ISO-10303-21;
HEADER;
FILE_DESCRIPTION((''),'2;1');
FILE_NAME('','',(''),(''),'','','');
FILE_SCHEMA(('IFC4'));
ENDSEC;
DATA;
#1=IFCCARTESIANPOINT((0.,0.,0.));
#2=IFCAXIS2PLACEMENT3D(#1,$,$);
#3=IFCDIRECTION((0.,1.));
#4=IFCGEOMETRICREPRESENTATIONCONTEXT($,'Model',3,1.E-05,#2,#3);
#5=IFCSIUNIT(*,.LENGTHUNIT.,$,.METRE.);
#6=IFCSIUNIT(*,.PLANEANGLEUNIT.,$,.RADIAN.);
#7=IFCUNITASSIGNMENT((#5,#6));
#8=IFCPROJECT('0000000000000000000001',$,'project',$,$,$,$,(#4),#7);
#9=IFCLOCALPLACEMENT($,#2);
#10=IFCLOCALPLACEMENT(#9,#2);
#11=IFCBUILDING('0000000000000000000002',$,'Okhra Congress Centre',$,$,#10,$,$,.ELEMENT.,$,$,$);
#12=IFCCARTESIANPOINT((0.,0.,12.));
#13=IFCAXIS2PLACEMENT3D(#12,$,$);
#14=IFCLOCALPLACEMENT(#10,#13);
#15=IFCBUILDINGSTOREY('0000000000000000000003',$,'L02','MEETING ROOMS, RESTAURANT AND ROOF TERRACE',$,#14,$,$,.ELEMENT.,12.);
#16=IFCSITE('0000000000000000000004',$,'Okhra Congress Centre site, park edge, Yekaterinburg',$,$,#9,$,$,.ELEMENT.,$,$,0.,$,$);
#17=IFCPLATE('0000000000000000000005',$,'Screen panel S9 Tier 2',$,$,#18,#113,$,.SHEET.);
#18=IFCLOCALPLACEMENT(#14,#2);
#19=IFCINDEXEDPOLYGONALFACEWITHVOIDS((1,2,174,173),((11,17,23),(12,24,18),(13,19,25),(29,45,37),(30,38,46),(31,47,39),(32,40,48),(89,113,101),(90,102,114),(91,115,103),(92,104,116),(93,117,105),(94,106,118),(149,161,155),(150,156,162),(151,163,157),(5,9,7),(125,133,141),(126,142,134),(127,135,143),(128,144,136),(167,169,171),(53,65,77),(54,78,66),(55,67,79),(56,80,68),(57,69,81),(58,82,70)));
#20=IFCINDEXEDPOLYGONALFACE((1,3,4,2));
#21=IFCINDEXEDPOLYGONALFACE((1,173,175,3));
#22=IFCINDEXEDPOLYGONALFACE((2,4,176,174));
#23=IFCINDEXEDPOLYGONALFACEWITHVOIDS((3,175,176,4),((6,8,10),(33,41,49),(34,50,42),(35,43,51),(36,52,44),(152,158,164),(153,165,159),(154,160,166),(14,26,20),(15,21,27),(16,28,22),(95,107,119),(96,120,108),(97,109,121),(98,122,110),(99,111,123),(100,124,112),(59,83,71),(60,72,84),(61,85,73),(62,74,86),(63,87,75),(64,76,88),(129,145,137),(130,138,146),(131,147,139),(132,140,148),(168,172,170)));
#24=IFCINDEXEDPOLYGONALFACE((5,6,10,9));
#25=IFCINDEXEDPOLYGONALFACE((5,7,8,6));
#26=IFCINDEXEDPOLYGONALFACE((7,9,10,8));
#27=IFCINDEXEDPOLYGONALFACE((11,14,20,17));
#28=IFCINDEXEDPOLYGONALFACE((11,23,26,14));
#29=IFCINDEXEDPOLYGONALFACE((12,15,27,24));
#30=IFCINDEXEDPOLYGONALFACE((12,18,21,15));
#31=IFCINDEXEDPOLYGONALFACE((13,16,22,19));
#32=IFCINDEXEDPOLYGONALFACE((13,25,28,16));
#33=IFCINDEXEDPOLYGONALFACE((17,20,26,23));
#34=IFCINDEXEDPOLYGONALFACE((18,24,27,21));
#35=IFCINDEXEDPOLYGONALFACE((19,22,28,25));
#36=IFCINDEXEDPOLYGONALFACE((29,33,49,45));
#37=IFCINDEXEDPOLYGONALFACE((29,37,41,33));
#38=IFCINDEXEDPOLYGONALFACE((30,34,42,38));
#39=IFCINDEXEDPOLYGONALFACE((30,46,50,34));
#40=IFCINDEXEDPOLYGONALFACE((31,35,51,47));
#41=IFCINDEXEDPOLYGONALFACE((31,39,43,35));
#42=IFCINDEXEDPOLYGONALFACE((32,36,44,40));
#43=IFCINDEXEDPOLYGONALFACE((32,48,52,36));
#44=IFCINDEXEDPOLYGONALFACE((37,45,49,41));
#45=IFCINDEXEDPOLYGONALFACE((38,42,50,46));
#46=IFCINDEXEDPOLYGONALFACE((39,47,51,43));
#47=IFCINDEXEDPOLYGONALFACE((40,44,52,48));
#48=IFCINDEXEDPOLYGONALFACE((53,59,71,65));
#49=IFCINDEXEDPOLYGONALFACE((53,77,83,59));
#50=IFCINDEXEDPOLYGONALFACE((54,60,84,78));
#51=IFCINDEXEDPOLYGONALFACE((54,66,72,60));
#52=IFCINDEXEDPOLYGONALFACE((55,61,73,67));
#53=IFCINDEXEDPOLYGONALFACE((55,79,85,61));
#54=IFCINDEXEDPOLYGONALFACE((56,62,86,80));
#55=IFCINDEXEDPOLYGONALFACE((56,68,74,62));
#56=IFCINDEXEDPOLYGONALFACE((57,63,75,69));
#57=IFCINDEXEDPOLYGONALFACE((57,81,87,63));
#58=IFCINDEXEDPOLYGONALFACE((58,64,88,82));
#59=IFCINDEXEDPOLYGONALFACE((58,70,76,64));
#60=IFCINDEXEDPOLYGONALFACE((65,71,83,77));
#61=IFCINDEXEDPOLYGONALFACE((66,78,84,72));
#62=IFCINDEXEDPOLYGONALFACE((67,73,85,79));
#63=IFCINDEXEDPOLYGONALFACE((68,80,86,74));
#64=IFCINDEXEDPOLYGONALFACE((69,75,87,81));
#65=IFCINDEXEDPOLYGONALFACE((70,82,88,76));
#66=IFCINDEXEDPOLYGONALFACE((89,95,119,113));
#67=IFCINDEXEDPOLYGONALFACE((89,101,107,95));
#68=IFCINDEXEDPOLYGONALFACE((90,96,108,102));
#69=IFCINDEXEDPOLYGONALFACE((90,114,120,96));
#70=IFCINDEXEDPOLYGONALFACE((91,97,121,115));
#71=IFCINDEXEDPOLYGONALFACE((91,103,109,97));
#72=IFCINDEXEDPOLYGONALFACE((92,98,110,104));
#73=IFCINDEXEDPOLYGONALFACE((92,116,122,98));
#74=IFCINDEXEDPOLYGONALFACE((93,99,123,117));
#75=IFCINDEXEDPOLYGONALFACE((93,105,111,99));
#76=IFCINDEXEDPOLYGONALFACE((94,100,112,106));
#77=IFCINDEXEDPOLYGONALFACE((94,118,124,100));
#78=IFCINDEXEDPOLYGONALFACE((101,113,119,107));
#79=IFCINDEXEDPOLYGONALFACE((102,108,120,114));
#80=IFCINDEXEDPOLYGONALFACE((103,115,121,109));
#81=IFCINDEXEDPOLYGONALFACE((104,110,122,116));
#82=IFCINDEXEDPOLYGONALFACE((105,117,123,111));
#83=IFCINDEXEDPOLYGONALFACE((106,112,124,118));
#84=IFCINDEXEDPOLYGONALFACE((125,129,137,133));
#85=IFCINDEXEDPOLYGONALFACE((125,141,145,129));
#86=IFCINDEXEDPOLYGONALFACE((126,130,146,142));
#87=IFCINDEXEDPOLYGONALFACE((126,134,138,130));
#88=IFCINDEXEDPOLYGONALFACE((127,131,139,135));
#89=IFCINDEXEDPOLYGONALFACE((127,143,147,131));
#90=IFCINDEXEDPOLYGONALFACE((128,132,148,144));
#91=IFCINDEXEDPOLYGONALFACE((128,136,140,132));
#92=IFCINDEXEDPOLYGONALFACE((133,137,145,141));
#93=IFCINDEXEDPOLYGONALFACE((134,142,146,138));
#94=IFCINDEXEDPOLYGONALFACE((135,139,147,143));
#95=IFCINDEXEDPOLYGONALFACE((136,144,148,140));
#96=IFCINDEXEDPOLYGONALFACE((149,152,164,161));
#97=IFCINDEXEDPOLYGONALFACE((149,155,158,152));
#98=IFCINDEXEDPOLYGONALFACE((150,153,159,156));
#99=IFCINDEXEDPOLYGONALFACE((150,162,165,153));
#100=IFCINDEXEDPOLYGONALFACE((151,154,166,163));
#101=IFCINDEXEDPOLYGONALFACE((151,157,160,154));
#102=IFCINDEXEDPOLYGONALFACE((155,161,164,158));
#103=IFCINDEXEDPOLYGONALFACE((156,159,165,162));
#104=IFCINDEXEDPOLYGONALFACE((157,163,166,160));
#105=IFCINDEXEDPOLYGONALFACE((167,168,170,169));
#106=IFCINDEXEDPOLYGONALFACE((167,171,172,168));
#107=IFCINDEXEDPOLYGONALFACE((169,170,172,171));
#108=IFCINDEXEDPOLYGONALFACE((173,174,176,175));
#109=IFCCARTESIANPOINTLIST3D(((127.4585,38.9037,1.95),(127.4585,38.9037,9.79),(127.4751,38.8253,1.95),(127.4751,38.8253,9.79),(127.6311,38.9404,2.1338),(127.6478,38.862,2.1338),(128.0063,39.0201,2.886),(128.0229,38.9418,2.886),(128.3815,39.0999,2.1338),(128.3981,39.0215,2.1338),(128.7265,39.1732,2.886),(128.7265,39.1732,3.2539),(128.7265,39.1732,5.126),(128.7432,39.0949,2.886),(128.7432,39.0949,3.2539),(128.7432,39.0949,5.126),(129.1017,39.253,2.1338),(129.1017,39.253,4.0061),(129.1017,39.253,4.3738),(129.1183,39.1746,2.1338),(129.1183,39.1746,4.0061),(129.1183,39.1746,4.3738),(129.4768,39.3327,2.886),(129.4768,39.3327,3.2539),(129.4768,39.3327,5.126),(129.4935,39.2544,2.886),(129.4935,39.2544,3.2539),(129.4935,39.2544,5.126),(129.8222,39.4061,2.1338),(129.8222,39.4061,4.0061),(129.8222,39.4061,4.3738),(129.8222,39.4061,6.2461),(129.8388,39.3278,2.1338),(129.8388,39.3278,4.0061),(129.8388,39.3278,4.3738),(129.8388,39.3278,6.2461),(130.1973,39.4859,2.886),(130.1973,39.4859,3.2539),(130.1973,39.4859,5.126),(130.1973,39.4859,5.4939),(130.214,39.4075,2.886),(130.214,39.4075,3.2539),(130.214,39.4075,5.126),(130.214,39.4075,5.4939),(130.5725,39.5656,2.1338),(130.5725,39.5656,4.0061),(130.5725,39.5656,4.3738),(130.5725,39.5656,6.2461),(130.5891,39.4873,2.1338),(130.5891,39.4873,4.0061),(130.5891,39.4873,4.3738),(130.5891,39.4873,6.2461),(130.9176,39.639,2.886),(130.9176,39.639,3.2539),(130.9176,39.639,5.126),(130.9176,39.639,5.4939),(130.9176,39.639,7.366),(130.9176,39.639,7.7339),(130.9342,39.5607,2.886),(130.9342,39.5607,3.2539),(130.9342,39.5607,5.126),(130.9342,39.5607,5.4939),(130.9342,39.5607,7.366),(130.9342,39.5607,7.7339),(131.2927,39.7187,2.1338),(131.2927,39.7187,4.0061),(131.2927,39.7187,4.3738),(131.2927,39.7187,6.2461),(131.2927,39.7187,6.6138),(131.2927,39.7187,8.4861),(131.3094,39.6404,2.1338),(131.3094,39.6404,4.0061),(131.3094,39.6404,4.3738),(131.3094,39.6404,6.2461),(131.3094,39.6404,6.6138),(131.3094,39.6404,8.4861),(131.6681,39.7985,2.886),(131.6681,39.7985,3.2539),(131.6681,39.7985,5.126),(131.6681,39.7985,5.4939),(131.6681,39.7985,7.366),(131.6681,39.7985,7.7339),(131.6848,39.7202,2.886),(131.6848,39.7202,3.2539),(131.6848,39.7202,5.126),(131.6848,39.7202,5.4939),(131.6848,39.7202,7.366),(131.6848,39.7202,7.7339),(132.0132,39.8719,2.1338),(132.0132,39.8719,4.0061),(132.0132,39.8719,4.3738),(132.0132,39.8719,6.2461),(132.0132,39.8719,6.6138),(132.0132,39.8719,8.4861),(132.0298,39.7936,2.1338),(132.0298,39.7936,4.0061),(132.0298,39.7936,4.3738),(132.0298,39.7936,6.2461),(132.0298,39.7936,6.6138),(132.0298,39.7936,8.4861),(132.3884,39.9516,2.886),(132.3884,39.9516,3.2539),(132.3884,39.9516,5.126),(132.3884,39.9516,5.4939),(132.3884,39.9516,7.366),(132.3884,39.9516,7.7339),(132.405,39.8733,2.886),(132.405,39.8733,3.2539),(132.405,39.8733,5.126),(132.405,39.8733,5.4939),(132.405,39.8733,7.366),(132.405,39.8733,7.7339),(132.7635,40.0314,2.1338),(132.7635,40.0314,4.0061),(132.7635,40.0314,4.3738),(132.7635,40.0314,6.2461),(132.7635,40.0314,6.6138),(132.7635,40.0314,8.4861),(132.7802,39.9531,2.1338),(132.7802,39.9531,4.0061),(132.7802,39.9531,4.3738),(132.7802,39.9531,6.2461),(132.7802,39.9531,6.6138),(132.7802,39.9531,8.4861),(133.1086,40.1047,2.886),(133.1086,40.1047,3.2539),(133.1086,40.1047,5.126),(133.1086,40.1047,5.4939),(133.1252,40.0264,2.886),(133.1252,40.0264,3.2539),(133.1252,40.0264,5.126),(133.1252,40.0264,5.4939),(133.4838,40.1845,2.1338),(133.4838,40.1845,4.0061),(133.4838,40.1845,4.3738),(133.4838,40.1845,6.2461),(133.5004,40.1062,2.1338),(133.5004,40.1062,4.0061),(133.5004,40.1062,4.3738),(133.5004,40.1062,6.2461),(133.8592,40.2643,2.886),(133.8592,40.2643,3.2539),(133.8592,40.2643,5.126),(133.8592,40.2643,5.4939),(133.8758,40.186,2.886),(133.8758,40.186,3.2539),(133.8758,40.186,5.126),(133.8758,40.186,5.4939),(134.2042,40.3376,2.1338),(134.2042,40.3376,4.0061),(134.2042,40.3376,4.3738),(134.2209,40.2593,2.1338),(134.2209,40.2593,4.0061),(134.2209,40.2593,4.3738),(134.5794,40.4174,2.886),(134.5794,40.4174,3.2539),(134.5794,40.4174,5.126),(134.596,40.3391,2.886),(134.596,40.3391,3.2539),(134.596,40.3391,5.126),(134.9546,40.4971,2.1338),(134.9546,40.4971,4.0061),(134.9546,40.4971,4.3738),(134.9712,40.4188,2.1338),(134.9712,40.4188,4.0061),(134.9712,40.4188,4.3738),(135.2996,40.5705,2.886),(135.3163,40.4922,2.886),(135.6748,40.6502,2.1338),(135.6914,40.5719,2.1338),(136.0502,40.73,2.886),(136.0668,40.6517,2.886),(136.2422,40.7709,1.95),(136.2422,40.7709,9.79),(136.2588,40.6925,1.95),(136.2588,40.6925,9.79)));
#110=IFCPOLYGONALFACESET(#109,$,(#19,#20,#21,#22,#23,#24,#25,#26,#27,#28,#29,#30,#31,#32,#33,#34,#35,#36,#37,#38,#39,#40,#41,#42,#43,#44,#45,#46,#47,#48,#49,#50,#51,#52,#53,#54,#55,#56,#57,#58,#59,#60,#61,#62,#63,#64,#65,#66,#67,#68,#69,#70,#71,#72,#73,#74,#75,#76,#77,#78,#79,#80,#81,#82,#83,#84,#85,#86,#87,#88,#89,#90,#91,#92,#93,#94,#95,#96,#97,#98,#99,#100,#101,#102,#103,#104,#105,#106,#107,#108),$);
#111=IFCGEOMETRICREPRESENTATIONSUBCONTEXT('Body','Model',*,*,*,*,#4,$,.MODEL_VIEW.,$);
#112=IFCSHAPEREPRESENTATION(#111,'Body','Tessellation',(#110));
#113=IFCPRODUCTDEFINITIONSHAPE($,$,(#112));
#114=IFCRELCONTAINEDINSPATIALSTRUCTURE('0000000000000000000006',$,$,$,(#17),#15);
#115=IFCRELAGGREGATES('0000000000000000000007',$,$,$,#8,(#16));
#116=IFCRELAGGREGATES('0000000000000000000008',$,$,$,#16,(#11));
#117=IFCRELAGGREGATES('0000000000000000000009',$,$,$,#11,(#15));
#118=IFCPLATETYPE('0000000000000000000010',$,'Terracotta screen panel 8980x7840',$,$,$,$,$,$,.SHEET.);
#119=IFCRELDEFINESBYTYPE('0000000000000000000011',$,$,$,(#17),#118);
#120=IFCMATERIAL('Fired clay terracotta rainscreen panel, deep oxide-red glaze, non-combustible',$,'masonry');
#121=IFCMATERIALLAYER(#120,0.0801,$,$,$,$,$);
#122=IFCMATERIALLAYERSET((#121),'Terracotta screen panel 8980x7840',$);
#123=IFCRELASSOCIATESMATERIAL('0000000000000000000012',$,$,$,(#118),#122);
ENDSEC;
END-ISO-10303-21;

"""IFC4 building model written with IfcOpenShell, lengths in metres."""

from ifc_helpers import new_model, si_unit, direction, frame, origin, place, context, subcontext, project, spatial, polyline, outline, extrude, material, layer, layer_set, type_object, element, save


model = new_model("IFC4")

# Units and contexts
model_context = context("Model", 3, precision=1e-05, world=origin(), true_north=direction((0.0, 1.0)))
body_context = subcontext(model_context, "Body", "Model", "MODEL_VIEW")
ifc_project = project(units=[si_unit("LENGTHUNIT", "METRE"), si_unit("PLANEANGLEUNIT", "RADIAN")], contexts=[model_context])

# Site, building, storey
site_placement = place(None, origin())
site = spatial("IfcSite", under=ifc_project, at=site_placement, Name="Okhra Congress Centre site, park edge, Yekaterinburg", CompositionType="ELEMENT", RefElevation=0.0)
building_placement = place(site_placement, origin())
building = spatial("IfcBuilding", under=site, at=building_placement, Name="Okhra Congress Centre", CompositionType="ELEMENT")
storey_placement = place(building_placement, frame((0.0, 0.0, 12.0)))
storey = spatial("IfcBuildingStorey", under=building, at=storey_placement, Name="L02", Description="MEETING ROOMS, RESTAURANT AND ROOF TERRACE", CompositionType="ELEMENT", Elevation=12.0)

# Plate
ifc_material_1 = material(Name="Fired clay terracotta rainscreen panel, deep oxide-red glaze, non-combustible", Category="masonry")
ifc_layer_1 = layer(ifc_material_1, 0.0801)
ifc_layer_set_1 = layer_set([ifc_layer_1], Name="Terracotta screen panel 8980x7840")
plate_type = type_object("IfcPlateType", Name="Terracotta screen panel 8980x7840", PredefinedType="SHEET", material=ifc_layer_set_1)
plate_1_placement = place(storey_placement, frame((127.4668, 38.8645, 1.95), z_axis=(0.0, 0.0, 1.0), x_axis=(0.978144, 0.207928, 0.0)))
element("IfcPlate", 1, at=plate_1_placement, inside=storey, type_object=plate_type, Name="Screen panel S9 Tier 2", PredefinedType="SHEET", context=body_context, shape_type="SweptSolid", body=[
    extrude(outline(polyline([(0.0, 0.0), (8.98, 0.0), (8.98, 7.8401), (0.0, 7.8401), (0.0, 0.0)]), holes=[polyline([(0.1765, 0.1838), (0.9436, 0.1838), (0.5601, 0.936), (0.1765, 0.1838)]), polyline([(1.2964, 0.936), (1.6799, 0.1838), (2.0635, 0.936), (1.2964, 0.936)]), polyline([(2.4165, 0.1838), (3.1836, 0.1838), (2.8, 0.936), (2.4165, 0.1838)]), polyline([(3.5364, 0.936), (3.9199, 0.1838), (4.3037, 0.936), (3.5364, 0.936)]), polyline([(4.6565, 0.1838), (5.4236, 0.1838), (5.04, 0.936), (4.6565, 0.1838)]), polyline([(5.7764, 0.936), (6.1599, 0.1838), (6.5437, 0.936), (5.7764, 0.936)]), polyline([(6.8965, 0.1838), (7.6636, 0.1838), (7.28, 0.936), (6.8965, 0.1838)]), polyline([(8.0164, 0.936), (8.3999, 0.1838), (8.7837, 0.936), (8.0164, 0.936)]), polyline([(1.2964, 1.304), (2.0635, 1.304), (1.6799, 2.0562), (1.2964, 1.304)]), polyline([(2.4165, 2.0562), (2.8, 1.304), (3.1836, 2.0562), (2.4165, 2.0562)]), polyline([(3.5364, 1.304), (4.3037, 1.304), (3.9199, 2.0562), (3.5364, 1.304)]), polyline([(4.6565, 2.0562), (5.04, 1.304), (5.4236, 2.0562), (4.6565, 2.0562)]), polyline([(5.7764, 1.304), (6.5437, 1.304), (6.1599, 2.0562), (5.7764, 1.304)]), polyline([(6.8965, 2.0562), (7.28, 1.304), (7.6636, 2.0562), (6.8965, 2.0562)]), polyline([(1.2964, 3.176), (1.6799, 2.4238), (2.0635, 3.176), (1.2964, 3.176)]), polyline([(2.4165, 2.4238), (3.1836, 2.4238), (2.8, 3.176), (2.4165, 2.4238)]), polyline([(3.5364, 3.176), (3.9199, 2.4238), (4.3037, 3.176), (3.5364, 3.176)]), polyline([(4.6565, 2.4238), (5.4236, 2.4238), (5.04, 3.176), (4.6565, 2.4238)]), polyline([(5.7764, 3.176), (6.1599, 2.4238), (6.5437, 3.176), (5.7764, 3.176)]), polyline([(6.8965, 2.4238), (7.6636, 2.4238), (7.28, 3.176), (6.8965, 2.4238)]), polyline([(2.4165, 4.2961), (2.8, 3.5439), (3.1836, 4.2961), (2.4165, 4.2961)]), polyline([(3.5364, 3.5439), (4.3037, 3.5439), (3.9199, 4.2961), (3.5364, 3.5439)]), polyline([(4.6565, 4.2961), (5.04, 3.5439), (5.4236, 4.2961), (4.6565, 4.2961)]), polyline([(5.7764, 3.5439), (6.5437, 3.5439), (6.1599, 4.2961), (5.7764, 3.5439)]), polyline([(3.5364, 5.416), (3.9199, 4.6638), (4.3037, 5.416), (3.5364, 5.416)]), polyline([(4.6565, 4.6638), (5.4236, 4.6638), (5.04, 5.416), (4.6565, 4.6638)]), polyline([(3.5364, 5.7839), (4.3037, 5.7839), (3.9199, 6.5361), (3.5364, 5.7839)]), polyline([(4.6565, 6.5361), (5.04, 5.7839), (5.4236, 6.5361), (4.6565, 6.5361)])]), frame((0.0, 0.04, 0.0), z_axis=(0.0, -1.0, 0.0), x_axis=(1.0, 0.0, 0.0)), (0.0, 0.0, 1.0), 0.0801),
])

save(model, "model.ifc")
